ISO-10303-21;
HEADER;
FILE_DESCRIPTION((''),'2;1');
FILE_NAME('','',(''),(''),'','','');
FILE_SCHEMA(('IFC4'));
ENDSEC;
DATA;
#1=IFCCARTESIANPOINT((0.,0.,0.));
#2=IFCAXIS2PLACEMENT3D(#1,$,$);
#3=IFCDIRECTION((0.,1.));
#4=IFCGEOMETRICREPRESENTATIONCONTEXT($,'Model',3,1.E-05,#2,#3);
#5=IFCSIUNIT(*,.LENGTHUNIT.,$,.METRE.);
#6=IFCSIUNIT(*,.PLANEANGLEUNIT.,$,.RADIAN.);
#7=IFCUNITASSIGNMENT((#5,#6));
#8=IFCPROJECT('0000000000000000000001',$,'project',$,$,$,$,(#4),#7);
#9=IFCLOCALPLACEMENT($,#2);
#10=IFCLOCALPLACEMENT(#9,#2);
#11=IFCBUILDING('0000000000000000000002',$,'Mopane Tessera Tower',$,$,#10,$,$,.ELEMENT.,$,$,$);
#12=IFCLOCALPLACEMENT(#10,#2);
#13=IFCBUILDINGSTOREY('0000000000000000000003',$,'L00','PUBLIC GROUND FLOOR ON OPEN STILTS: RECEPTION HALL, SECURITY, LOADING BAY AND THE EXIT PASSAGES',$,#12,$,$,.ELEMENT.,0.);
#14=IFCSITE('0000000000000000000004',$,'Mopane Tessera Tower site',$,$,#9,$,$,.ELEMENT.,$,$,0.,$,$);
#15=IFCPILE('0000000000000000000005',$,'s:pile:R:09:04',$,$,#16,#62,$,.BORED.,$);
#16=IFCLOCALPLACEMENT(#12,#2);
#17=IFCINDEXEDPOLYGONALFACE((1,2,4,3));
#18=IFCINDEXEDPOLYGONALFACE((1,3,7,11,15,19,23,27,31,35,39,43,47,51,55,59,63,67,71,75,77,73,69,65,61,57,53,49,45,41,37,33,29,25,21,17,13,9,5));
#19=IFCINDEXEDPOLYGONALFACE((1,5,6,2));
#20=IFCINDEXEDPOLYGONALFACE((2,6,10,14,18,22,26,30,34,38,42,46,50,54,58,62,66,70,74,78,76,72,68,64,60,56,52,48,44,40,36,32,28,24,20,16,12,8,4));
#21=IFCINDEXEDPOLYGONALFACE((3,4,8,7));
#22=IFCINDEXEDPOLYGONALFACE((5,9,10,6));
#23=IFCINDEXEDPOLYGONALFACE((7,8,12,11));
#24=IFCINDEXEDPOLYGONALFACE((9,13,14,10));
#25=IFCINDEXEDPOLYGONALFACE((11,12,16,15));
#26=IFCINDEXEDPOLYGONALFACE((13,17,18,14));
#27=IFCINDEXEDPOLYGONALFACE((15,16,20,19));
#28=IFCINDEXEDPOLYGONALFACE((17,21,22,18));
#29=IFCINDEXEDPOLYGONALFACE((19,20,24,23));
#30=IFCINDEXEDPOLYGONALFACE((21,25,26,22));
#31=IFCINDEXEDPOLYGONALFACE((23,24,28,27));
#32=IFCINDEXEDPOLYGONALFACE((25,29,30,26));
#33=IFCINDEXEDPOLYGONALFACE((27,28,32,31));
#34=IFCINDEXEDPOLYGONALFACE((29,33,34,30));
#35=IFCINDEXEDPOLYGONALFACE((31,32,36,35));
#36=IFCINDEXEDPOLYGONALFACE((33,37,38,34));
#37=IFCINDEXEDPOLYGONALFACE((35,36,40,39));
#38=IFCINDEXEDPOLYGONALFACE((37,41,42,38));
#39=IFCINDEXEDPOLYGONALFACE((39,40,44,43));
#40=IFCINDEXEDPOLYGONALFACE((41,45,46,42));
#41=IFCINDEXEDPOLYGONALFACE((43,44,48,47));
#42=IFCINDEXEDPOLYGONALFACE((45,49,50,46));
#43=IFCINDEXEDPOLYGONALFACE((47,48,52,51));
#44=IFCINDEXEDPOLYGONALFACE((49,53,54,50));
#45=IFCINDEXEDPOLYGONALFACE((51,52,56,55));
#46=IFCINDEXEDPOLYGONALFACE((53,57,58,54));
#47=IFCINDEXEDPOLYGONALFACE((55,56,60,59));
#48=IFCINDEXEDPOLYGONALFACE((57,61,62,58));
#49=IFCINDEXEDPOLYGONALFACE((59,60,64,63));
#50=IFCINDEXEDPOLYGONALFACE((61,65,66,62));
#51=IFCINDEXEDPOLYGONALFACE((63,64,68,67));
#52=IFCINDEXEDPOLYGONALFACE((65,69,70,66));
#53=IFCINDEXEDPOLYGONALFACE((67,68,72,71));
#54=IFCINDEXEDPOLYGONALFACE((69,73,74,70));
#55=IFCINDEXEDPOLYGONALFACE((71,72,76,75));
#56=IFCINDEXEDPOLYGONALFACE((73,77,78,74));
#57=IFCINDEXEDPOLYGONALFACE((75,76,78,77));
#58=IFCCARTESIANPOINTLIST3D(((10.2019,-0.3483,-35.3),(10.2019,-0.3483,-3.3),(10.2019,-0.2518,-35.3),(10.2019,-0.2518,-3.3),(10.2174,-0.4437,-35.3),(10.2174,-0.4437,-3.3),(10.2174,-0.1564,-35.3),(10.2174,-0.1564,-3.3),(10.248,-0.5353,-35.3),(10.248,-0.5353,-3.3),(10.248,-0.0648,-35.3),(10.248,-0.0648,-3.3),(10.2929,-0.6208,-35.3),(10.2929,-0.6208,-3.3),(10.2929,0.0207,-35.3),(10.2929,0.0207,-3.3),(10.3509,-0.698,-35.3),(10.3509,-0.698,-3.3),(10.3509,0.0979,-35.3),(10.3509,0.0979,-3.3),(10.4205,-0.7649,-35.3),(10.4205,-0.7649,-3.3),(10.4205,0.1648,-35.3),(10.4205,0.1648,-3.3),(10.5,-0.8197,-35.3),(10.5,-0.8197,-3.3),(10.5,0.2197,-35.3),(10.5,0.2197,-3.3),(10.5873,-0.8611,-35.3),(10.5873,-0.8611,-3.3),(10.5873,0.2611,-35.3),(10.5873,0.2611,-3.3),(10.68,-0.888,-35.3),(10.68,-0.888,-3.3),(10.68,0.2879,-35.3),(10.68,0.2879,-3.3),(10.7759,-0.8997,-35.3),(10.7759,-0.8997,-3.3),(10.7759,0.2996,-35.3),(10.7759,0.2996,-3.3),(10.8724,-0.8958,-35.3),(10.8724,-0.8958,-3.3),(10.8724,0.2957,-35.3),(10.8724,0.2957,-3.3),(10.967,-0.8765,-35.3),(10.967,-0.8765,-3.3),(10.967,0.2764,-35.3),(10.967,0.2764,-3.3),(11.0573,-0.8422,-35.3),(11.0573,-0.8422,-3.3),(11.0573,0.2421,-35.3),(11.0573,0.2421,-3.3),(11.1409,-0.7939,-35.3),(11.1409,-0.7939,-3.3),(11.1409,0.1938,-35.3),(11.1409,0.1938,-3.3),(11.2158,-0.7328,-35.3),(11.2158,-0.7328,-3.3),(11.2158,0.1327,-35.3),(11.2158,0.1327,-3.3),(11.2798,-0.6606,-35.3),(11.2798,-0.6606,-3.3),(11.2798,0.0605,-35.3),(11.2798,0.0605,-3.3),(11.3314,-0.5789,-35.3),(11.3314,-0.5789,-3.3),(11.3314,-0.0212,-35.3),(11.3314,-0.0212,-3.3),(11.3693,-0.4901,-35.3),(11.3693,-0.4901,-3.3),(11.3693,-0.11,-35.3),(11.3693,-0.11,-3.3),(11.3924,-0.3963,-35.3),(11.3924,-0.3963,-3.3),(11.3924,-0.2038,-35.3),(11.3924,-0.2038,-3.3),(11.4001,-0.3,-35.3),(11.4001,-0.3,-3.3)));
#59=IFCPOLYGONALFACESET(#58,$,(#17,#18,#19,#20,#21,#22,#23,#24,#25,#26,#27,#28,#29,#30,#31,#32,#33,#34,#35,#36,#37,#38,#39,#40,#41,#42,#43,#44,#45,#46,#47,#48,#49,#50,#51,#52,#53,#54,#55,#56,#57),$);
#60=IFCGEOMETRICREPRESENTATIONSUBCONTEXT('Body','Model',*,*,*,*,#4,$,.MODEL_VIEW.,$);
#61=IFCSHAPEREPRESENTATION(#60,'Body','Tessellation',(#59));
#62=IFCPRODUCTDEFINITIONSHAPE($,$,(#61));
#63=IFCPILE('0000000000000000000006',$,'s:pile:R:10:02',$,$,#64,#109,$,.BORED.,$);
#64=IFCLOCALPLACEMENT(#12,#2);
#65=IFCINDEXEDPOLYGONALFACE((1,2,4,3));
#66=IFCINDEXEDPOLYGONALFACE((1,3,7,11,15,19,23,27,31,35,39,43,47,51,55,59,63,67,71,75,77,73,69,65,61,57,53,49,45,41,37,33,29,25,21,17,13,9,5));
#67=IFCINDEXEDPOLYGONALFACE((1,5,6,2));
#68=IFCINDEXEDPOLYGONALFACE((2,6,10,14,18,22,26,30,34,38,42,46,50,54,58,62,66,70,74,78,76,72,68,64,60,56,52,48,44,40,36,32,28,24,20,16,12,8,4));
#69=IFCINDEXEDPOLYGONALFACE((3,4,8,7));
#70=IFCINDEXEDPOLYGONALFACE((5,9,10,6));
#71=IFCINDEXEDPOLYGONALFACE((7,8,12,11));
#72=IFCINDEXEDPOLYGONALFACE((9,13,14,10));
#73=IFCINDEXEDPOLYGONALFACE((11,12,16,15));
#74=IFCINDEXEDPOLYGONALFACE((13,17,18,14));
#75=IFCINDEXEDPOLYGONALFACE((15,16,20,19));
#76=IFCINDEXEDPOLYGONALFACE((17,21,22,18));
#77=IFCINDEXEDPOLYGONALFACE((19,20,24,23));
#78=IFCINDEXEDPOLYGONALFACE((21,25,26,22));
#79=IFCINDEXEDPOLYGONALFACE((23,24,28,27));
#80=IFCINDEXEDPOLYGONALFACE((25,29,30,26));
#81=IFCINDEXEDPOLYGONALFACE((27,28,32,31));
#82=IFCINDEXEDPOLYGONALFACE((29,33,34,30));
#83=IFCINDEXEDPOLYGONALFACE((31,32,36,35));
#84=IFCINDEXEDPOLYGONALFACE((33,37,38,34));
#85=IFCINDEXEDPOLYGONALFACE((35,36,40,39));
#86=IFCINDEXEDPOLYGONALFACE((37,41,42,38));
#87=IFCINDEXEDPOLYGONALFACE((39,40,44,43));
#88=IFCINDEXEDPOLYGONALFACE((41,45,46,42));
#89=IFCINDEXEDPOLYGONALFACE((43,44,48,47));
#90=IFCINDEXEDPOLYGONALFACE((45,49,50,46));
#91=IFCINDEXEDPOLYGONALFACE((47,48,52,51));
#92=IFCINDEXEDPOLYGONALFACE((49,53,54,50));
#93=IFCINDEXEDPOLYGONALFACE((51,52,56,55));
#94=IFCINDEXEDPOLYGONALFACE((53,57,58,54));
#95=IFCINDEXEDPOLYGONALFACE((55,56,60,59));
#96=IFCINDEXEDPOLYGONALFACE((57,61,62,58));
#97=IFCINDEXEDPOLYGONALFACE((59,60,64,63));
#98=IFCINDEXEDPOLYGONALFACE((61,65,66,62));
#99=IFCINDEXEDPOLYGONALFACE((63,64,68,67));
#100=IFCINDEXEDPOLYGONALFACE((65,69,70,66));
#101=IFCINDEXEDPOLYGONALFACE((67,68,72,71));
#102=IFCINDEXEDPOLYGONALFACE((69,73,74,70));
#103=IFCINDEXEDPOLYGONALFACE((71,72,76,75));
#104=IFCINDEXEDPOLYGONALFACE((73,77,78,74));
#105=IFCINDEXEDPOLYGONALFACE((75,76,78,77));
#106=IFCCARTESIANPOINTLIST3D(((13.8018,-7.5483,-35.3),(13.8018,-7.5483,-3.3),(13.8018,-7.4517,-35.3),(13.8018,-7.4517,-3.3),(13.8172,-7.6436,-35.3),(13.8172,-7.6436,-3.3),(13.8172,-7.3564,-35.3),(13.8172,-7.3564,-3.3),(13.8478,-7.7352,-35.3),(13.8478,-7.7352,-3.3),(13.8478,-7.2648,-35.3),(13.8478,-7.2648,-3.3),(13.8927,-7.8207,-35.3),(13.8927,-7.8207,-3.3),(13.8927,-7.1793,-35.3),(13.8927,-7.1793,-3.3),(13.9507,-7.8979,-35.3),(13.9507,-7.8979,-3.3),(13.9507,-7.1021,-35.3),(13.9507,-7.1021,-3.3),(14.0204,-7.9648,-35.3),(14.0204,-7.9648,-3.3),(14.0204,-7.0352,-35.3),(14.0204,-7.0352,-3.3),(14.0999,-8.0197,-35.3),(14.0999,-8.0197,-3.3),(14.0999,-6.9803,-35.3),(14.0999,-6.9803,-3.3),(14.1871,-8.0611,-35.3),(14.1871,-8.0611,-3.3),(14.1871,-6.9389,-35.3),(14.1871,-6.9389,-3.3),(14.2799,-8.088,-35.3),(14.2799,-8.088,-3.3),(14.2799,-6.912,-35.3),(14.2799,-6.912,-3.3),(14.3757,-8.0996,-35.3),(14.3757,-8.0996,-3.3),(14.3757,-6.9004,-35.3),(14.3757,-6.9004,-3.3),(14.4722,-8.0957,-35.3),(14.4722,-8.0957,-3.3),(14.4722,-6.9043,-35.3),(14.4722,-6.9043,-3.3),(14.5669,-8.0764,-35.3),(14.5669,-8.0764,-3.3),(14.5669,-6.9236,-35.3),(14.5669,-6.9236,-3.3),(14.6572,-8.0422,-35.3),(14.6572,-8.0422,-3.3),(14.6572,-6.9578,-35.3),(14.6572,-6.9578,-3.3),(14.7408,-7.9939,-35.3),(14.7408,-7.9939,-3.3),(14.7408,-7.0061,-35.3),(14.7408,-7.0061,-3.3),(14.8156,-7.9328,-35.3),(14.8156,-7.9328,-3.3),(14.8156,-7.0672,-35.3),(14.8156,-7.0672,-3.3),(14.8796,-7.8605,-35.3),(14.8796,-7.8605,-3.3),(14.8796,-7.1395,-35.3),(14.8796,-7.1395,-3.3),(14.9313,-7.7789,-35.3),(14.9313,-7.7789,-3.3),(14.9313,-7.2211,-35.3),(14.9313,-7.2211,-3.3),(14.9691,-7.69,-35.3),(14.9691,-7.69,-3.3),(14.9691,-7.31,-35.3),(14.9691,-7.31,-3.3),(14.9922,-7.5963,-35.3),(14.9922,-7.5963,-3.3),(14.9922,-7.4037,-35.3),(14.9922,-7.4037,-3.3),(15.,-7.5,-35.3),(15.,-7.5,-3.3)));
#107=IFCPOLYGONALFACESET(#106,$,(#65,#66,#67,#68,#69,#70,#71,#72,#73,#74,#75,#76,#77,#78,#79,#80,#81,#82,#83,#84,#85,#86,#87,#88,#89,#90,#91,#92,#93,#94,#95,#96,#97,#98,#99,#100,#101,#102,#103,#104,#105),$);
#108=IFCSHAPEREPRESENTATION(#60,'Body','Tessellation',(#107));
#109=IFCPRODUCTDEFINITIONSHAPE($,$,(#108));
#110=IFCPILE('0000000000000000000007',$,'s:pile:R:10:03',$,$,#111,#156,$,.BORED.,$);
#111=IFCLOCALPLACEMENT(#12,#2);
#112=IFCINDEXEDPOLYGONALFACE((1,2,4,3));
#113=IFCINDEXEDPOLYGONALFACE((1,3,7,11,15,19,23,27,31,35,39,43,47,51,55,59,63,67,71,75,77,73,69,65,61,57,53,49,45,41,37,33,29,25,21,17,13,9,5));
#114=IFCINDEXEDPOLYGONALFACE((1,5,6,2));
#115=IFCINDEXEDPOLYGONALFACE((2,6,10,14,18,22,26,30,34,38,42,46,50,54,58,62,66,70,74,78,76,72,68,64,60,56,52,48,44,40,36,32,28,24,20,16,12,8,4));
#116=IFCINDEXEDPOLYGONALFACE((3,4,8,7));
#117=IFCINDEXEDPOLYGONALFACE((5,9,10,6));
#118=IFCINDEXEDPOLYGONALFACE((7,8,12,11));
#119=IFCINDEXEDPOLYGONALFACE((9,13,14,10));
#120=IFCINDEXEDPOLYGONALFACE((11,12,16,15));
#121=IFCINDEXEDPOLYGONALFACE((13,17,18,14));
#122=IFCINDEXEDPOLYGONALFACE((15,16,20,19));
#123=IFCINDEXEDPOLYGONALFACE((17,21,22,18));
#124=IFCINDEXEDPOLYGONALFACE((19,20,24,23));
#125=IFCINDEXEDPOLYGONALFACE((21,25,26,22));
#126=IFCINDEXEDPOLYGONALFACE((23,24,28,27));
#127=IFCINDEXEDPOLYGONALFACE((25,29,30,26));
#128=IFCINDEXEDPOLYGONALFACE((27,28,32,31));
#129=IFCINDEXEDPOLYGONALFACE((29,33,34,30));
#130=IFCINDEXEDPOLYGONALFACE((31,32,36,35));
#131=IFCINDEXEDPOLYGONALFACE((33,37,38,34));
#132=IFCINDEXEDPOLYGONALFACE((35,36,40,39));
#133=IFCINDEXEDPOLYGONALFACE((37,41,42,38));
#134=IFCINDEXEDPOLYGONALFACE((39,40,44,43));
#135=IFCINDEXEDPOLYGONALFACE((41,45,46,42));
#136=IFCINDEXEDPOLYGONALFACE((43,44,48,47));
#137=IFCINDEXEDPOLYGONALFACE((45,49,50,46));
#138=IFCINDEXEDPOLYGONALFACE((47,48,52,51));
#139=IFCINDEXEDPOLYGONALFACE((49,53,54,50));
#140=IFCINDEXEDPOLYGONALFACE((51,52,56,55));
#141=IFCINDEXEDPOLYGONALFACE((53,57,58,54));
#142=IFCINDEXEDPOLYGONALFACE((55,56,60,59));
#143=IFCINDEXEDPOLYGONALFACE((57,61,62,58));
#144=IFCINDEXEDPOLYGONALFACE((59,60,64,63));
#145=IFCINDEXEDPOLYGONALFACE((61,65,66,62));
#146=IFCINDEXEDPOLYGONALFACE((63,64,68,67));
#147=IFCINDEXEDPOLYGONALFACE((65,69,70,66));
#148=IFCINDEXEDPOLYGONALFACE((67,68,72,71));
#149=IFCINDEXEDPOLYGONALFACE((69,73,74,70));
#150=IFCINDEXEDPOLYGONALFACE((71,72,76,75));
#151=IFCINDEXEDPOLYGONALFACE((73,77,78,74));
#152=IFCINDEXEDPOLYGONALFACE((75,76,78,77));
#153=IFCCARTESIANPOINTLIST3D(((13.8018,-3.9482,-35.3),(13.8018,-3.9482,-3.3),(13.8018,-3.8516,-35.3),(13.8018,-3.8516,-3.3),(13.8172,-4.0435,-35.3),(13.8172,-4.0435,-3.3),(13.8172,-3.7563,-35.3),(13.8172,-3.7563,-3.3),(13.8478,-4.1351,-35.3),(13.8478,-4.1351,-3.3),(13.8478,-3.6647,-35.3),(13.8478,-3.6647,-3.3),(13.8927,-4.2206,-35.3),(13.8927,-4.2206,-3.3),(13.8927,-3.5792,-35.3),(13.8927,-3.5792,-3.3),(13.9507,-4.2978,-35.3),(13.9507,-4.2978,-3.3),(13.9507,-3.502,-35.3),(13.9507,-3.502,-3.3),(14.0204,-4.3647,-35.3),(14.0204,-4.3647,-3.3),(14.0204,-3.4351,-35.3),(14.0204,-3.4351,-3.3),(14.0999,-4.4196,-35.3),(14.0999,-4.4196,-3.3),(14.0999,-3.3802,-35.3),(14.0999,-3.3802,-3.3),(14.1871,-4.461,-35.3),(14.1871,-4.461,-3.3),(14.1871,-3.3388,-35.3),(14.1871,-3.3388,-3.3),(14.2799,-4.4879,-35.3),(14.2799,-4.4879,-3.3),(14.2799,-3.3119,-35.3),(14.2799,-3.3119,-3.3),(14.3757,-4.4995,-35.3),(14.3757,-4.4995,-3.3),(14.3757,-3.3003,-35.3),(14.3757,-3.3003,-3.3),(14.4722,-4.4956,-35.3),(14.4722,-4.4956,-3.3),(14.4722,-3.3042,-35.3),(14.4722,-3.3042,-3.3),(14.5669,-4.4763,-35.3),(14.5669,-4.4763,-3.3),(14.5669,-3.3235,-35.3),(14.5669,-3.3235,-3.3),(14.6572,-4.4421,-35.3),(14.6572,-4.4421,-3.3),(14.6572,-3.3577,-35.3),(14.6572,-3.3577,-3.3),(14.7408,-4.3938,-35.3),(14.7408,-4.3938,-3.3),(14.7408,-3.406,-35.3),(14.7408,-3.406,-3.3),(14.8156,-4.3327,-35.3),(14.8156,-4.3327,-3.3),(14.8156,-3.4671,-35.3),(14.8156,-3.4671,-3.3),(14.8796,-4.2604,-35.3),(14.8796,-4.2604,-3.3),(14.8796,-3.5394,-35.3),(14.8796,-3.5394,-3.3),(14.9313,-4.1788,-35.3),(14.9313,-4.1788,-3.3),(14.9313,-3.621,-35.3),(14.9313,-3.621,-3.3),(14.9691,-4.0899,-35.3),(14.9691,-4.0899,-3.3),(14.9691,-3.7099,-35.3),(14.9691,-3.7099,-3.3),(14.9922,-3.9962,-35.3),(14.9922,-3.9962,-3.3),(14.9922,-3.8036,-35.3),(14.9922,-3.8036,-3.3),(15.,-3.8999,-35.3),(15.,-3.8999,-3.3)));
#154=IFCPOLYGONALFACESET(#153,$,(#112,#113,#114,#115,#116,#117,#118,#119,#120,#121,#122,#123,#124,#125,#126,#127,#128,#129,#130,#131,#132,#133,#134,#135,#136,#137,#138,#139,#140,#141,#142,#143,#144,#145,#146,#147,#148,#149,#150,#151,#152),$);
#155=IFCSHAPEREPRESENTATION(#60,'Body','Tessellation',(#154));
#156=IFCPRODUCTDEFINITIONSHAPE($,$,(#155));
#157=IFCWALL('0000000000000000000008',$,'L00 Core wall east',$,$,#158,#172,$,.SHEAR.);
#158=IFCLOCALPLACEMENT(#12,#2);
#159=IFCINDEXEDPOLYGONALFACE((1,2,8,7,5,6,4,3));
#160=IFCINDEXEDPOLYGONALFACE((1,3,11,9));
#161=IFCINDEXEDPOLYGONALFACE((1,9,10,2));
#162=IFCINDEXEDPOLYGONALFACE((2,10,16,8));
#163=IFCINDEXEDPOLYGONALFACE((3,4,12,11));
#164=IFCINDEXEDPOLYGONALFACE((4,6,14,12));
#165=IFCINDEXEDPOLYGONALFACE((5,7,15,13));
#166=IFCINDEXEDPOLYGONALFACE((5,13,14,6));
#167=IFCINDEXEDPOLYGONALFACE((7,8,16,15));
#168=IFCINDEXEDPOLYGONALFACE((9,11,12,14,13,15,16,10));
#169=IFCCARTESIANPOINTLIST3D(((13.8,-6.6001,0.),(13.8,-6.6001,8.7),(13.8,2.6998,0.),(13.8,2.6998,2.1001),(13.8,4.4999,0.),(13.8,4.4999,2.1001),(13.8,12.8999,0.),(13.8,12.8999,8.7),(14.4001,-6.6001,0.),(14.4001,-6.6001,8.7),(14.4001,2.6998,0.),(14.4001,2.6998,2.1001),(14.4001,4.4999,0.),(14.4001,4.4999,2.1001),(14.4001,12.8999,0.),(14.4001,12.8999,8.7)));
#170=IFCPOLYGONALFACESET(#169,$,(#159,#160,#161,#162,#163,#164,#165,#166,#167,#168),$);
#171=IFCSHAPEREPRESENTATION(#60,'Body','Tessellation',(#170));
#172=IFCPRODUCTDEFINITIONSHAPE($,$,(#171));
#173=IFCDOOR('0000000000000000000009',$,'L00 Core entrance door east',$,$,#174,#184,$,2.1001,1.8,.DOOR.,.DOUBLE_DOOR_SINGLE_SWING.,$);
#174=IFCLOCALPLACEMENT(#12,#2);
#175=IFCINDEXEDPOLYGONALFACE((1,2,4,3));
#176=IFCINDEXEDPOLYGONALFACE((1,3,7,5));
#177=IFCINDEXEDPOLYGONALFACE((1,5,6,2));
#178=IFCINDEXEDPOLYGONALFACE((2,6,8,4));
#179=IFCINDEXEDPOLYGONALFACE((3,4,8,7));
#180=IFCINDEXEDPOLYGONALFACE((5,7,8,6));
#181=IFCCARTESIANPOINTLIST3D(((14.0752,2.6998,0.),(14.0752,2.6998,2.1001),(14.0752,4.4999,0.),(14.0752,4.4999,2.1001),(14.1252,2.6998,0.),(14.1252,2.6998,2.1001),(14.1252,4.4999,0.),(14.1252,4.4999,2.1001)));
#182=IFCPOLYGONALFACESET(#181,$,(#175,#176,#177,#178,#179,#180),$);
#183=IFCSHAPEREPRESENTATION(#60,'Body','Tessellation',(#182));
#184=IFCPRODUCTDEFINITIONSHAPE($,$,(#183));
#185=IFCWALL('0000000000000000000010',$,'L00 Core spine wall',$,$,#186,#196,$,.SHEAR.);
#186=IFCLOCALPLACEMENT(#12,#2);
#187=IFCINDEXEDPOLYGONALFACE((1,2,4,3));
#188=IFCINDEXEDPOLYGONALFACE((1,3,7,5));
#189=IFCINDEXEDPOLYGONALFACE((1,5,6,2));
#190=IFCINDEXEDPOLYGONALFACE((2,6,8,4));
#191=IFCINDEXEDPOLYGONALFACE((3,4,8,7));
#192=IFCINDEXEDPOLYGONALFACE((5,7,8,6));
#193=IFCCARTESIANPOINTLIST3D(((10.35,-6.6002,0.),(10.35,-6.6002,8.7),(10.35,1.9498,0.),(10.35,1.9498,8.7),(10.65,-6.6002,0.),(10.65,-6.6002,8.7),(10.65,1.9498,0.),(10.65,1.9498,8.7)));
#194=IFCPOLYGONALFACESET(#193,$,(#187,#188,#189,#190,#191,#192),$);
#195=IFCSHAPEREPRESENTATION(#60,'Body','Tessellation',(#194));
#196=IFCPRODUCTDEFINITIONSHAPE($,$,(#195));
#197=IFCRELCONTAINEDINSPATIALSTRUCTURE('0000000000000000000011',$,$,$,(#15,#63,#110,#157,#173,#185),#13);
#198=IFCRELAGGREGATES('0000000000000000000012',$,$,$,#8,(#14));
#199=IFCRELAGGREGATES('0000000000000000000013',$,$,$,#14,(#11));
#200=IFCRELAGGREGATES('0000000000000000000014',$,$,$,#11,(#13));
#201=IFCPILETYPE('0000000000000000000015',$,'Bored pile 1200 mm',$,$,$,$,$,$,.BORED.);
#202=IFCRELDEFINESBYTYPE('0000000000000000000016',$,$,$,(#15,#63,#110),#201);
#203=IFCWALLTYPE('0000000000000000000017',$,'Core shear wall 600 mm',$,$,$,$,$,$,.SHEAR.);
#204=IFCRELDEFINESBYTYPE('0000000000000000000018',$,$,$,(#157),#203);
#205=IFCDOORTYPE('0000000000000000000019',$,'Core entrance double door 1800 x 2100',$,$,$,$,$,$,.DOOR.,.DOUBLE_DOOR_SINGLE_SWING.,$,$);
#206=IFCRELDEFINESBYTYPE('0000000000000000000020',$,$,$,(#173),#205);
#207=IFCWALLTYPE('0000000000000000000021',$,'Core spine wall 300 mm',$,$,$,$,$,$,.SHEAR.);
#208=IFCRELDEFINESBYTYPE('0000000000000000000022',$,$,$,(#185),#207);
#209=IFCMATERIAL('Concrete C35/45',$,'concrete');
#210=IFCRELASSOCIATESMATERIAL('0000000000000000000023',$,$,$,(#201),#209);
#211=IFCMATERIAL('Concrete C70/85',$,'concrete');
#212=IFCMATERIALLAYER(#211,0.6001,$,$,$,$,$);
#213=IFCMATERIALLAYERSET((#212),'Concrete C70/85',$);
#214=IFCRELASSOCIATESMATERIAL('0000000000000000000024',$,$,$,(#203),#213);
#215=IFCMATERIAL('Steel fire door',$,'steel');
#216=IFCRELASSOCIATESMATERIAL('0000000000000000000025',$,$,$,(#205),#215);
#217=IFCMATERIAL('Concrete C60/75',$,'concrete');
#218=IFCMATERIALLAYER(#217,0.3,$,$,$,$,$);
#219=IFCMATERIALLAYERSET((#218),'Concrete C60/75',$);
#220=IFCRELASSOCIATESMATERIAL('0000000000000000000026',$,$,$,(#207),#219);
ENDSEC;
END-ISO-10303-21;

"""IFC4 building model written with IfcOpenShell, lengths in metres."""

from ifc_helpers import new_model, si_unit, direction, frame, frame_2d, origin, origin_2d, place, context, subcontext, project, spatial, rectangle, circle, extrude, material, layer, layer_set, material_profile, profile_set, type_object, element, fill, save


model = new_model("IFC4")

# Units and contexts
model_context = context("Model", 3, precision=1e-05, world=origin(), true_north=direction((0.0, 1.0)))
body_context = subcontext(model_context, "Body", "Model", "MODEL_VIEW")
ifc_project = project(units=[si_unit("LENGTHUNIT", "METRE"), si_unit("PLANEANGLEUNIT", "RADIAN")], contexts=[model_context])

# Site, building, storey
site_placement = place(None, origin())
site = spatial("IfcSite", under=ifc_project, at=site_placement, Name="Mopane Tessera Tower site", CompositionType="ELEMENT", RefElevation=0.0)
building_placement = place(site_placement, origin())
building = spatial("IfcBuilding", under=site, at=building_placement, Name="Mopane Tessera Tower", CompositionType="ELEMENT")
storey_placement = place(building_placement, origin())
storey = spatial("IfcBuildingStorey", under=building, at=storey_placement, Name="L00", Description="PUBLIC GROUND FLOOR ON OPEN STILTS: RECEPTION HALL, SECURITY, LOADING BAY AND THE EXIT PASSAGES", CompositionType="ELEMENT", Elevation=0.0)

# Piles
ifc_material_1 = material(Name="Concrete C35/45", Category="concrete")
ifc_material_profile = material_profile(ifc_material_1, circle(Radius=0.6001, at=origin_2d()))
ifc_profile_set = profile_set([ifc_material_profile], Name="Concrete C35/45")
pile_type = type_object("IfcPileType", Name="Bored pile 1200 mm", PredefinedType="BORED", material=ifc_profile_set)
for number, where, z_axis, x_axis, name in (
    (1, (10.8, -0.3, -3.3), (0.0, 0.0, -1.0), (1.0, 0.0, 0.0), "s:pile:R:09:04"),
    (2, (14.3999, -7.5, -3.3), (0.0, 0.0, -1.0), (1.0, 0.0, 0.0), "s:pile:R:10:02"),
    (3, (14.3999, -3.8999, -3.3), (0.0, 0.0, -1.0), (1.0, 0.0, 0.0), "s:pile:R:10:03"),
):
    element("IfcPile", number, at=place(storey_placement, frame(where, z_axis=z_axis, x_axis=x_axis)), inside=storey, type_object=pile_type, Name=name, PredefinedType="BORED", context=body_context, shape_type="SweptSolid", body=[
        extrude(circle(Radius=0.6001, at=origin_2d()), origin(), (0.0, 0.0, 1.0), 32.0),
    ])

# Wall, opening, door
ifc_material_2 = material(Name="Concrete C70/85", Category="concrete")
ifc_layer_1 = layer(ifc_material_2, 0.6001)
ifc_layer_set_1 = layer_set([ifc_layer_1], Name="Concrete C70/85")
wall_type_1 = type_object("IfcWallType", Name="Core shear wall 600 mm", PredefinedType="SHEAR", material=ifc_layer_set_1)
wall_1_placement = place(storey_placement, frame((14.1001, -6.6001, 0.0), z_axis=(0.0, 0.0, 1.0), x_axis=(0.0, 1.0, 0.0)))
wall_1 = element("IfcWall", 4, at=wall_1_placement, inside=storey, type_object=wall_type_1, Name="L00 Core wall east", PredefinedType="SHEAR", context=body_context, shape_type="SweptSolid", body=[
    extrude(rectangle(XDim=19.5, YDim=0.6001, at=frame_2d((9.75, 0.0))), origin(), (0.0, 0.0, 1.0), 8.7),
])
opening_placement = place(wall_1_placement, frame((9.3, 0.0, 0.0)))
opening = element("IfcOpeningElement", 5, at=opening_placement, cuts=wall_1, PredefinedType="OPENING", context=body_context, shape_type="SweptSolid", body=[
    extrude(rectangle(XDim=1.8, YDim=2.1001, at=frame_2d((0.8999, 1.05))), frame((0.0, 0.312, 0.0), z_axis=(0.0, -1.0, 0.0), x_axis=(1.0, 0.0, 0.0)), (0.0, 0.0, 1.0), 0.624),
])
ifc_material_3 = material(Name="Steel fire door", Category="steel")
door_type = type_object("IfcDoorType", Name="Core entrance double door 1800 x 2100", OperationType="DOUBLE_DOOR_SINGLE_SWING", PredefinedType="DOOR", material=ifc_material_3)
door_placement = place(opening_placement, origin())
door = element("IfcDoor", 6, at=door_placement, inside=storey, type_object=door_type, Name="L00 Core entrance door east", OperationType="DOUBLE_DOOR_SINGLE_SWING", OverallHeight=2.1001, OverallWidth=1.8, PredefinedType="DOOR", context=body_context, shape_type="SweptSolid", body=[
    extrude(rectangle(XDim=1.8, YDim=2.1001, at=frame_2d((0.8999, 1.05))), frame((0.0, 0.0249, 0.0), z_axis=(0.0, -1.0, 0.0), x_axis=(1.0, 0.0, 0.0)), (0.0, 0.0, 1.0), 0.05),
])
fill(opening, door)

# Wall
ifc_material_4 = material(Name="Concrete C60/75", Category="concrete")
ifc_layer_2 = layer(ifc_material_4, 0.3)
ifc_layer_set_2 = layer_set([ifc_layer_2], Name="Concrete C60/75")
wall_type_2 = type_object("IfcWallType", Name="Core spine wall 300 mm", PredefinedType="SHEAR", material=ifc_layer_set_2)
wall_2_placement = place(storey_placement, frame((10.5, -6.6001, 0.0), z_axis=(0.0, 0.0, 1.0), x_axis=(0.0, 1.0, 0.0)))
element("IfcWall", 7, at=wall_2_placement, inside=storey, type_object=wall_type_2, Name="L00 Core spine wall", PredefinedType="SHEAR", context=body_context, shape_type="SweptSolid", body=[
    extrude(rectangle(XDim=8.55, YDim=0.3, at=frame_2d((4.2749, 0.0))), origin(), (0.0, 0.0, 1.0), 8.7),
])

save(model, "model.ifc")
